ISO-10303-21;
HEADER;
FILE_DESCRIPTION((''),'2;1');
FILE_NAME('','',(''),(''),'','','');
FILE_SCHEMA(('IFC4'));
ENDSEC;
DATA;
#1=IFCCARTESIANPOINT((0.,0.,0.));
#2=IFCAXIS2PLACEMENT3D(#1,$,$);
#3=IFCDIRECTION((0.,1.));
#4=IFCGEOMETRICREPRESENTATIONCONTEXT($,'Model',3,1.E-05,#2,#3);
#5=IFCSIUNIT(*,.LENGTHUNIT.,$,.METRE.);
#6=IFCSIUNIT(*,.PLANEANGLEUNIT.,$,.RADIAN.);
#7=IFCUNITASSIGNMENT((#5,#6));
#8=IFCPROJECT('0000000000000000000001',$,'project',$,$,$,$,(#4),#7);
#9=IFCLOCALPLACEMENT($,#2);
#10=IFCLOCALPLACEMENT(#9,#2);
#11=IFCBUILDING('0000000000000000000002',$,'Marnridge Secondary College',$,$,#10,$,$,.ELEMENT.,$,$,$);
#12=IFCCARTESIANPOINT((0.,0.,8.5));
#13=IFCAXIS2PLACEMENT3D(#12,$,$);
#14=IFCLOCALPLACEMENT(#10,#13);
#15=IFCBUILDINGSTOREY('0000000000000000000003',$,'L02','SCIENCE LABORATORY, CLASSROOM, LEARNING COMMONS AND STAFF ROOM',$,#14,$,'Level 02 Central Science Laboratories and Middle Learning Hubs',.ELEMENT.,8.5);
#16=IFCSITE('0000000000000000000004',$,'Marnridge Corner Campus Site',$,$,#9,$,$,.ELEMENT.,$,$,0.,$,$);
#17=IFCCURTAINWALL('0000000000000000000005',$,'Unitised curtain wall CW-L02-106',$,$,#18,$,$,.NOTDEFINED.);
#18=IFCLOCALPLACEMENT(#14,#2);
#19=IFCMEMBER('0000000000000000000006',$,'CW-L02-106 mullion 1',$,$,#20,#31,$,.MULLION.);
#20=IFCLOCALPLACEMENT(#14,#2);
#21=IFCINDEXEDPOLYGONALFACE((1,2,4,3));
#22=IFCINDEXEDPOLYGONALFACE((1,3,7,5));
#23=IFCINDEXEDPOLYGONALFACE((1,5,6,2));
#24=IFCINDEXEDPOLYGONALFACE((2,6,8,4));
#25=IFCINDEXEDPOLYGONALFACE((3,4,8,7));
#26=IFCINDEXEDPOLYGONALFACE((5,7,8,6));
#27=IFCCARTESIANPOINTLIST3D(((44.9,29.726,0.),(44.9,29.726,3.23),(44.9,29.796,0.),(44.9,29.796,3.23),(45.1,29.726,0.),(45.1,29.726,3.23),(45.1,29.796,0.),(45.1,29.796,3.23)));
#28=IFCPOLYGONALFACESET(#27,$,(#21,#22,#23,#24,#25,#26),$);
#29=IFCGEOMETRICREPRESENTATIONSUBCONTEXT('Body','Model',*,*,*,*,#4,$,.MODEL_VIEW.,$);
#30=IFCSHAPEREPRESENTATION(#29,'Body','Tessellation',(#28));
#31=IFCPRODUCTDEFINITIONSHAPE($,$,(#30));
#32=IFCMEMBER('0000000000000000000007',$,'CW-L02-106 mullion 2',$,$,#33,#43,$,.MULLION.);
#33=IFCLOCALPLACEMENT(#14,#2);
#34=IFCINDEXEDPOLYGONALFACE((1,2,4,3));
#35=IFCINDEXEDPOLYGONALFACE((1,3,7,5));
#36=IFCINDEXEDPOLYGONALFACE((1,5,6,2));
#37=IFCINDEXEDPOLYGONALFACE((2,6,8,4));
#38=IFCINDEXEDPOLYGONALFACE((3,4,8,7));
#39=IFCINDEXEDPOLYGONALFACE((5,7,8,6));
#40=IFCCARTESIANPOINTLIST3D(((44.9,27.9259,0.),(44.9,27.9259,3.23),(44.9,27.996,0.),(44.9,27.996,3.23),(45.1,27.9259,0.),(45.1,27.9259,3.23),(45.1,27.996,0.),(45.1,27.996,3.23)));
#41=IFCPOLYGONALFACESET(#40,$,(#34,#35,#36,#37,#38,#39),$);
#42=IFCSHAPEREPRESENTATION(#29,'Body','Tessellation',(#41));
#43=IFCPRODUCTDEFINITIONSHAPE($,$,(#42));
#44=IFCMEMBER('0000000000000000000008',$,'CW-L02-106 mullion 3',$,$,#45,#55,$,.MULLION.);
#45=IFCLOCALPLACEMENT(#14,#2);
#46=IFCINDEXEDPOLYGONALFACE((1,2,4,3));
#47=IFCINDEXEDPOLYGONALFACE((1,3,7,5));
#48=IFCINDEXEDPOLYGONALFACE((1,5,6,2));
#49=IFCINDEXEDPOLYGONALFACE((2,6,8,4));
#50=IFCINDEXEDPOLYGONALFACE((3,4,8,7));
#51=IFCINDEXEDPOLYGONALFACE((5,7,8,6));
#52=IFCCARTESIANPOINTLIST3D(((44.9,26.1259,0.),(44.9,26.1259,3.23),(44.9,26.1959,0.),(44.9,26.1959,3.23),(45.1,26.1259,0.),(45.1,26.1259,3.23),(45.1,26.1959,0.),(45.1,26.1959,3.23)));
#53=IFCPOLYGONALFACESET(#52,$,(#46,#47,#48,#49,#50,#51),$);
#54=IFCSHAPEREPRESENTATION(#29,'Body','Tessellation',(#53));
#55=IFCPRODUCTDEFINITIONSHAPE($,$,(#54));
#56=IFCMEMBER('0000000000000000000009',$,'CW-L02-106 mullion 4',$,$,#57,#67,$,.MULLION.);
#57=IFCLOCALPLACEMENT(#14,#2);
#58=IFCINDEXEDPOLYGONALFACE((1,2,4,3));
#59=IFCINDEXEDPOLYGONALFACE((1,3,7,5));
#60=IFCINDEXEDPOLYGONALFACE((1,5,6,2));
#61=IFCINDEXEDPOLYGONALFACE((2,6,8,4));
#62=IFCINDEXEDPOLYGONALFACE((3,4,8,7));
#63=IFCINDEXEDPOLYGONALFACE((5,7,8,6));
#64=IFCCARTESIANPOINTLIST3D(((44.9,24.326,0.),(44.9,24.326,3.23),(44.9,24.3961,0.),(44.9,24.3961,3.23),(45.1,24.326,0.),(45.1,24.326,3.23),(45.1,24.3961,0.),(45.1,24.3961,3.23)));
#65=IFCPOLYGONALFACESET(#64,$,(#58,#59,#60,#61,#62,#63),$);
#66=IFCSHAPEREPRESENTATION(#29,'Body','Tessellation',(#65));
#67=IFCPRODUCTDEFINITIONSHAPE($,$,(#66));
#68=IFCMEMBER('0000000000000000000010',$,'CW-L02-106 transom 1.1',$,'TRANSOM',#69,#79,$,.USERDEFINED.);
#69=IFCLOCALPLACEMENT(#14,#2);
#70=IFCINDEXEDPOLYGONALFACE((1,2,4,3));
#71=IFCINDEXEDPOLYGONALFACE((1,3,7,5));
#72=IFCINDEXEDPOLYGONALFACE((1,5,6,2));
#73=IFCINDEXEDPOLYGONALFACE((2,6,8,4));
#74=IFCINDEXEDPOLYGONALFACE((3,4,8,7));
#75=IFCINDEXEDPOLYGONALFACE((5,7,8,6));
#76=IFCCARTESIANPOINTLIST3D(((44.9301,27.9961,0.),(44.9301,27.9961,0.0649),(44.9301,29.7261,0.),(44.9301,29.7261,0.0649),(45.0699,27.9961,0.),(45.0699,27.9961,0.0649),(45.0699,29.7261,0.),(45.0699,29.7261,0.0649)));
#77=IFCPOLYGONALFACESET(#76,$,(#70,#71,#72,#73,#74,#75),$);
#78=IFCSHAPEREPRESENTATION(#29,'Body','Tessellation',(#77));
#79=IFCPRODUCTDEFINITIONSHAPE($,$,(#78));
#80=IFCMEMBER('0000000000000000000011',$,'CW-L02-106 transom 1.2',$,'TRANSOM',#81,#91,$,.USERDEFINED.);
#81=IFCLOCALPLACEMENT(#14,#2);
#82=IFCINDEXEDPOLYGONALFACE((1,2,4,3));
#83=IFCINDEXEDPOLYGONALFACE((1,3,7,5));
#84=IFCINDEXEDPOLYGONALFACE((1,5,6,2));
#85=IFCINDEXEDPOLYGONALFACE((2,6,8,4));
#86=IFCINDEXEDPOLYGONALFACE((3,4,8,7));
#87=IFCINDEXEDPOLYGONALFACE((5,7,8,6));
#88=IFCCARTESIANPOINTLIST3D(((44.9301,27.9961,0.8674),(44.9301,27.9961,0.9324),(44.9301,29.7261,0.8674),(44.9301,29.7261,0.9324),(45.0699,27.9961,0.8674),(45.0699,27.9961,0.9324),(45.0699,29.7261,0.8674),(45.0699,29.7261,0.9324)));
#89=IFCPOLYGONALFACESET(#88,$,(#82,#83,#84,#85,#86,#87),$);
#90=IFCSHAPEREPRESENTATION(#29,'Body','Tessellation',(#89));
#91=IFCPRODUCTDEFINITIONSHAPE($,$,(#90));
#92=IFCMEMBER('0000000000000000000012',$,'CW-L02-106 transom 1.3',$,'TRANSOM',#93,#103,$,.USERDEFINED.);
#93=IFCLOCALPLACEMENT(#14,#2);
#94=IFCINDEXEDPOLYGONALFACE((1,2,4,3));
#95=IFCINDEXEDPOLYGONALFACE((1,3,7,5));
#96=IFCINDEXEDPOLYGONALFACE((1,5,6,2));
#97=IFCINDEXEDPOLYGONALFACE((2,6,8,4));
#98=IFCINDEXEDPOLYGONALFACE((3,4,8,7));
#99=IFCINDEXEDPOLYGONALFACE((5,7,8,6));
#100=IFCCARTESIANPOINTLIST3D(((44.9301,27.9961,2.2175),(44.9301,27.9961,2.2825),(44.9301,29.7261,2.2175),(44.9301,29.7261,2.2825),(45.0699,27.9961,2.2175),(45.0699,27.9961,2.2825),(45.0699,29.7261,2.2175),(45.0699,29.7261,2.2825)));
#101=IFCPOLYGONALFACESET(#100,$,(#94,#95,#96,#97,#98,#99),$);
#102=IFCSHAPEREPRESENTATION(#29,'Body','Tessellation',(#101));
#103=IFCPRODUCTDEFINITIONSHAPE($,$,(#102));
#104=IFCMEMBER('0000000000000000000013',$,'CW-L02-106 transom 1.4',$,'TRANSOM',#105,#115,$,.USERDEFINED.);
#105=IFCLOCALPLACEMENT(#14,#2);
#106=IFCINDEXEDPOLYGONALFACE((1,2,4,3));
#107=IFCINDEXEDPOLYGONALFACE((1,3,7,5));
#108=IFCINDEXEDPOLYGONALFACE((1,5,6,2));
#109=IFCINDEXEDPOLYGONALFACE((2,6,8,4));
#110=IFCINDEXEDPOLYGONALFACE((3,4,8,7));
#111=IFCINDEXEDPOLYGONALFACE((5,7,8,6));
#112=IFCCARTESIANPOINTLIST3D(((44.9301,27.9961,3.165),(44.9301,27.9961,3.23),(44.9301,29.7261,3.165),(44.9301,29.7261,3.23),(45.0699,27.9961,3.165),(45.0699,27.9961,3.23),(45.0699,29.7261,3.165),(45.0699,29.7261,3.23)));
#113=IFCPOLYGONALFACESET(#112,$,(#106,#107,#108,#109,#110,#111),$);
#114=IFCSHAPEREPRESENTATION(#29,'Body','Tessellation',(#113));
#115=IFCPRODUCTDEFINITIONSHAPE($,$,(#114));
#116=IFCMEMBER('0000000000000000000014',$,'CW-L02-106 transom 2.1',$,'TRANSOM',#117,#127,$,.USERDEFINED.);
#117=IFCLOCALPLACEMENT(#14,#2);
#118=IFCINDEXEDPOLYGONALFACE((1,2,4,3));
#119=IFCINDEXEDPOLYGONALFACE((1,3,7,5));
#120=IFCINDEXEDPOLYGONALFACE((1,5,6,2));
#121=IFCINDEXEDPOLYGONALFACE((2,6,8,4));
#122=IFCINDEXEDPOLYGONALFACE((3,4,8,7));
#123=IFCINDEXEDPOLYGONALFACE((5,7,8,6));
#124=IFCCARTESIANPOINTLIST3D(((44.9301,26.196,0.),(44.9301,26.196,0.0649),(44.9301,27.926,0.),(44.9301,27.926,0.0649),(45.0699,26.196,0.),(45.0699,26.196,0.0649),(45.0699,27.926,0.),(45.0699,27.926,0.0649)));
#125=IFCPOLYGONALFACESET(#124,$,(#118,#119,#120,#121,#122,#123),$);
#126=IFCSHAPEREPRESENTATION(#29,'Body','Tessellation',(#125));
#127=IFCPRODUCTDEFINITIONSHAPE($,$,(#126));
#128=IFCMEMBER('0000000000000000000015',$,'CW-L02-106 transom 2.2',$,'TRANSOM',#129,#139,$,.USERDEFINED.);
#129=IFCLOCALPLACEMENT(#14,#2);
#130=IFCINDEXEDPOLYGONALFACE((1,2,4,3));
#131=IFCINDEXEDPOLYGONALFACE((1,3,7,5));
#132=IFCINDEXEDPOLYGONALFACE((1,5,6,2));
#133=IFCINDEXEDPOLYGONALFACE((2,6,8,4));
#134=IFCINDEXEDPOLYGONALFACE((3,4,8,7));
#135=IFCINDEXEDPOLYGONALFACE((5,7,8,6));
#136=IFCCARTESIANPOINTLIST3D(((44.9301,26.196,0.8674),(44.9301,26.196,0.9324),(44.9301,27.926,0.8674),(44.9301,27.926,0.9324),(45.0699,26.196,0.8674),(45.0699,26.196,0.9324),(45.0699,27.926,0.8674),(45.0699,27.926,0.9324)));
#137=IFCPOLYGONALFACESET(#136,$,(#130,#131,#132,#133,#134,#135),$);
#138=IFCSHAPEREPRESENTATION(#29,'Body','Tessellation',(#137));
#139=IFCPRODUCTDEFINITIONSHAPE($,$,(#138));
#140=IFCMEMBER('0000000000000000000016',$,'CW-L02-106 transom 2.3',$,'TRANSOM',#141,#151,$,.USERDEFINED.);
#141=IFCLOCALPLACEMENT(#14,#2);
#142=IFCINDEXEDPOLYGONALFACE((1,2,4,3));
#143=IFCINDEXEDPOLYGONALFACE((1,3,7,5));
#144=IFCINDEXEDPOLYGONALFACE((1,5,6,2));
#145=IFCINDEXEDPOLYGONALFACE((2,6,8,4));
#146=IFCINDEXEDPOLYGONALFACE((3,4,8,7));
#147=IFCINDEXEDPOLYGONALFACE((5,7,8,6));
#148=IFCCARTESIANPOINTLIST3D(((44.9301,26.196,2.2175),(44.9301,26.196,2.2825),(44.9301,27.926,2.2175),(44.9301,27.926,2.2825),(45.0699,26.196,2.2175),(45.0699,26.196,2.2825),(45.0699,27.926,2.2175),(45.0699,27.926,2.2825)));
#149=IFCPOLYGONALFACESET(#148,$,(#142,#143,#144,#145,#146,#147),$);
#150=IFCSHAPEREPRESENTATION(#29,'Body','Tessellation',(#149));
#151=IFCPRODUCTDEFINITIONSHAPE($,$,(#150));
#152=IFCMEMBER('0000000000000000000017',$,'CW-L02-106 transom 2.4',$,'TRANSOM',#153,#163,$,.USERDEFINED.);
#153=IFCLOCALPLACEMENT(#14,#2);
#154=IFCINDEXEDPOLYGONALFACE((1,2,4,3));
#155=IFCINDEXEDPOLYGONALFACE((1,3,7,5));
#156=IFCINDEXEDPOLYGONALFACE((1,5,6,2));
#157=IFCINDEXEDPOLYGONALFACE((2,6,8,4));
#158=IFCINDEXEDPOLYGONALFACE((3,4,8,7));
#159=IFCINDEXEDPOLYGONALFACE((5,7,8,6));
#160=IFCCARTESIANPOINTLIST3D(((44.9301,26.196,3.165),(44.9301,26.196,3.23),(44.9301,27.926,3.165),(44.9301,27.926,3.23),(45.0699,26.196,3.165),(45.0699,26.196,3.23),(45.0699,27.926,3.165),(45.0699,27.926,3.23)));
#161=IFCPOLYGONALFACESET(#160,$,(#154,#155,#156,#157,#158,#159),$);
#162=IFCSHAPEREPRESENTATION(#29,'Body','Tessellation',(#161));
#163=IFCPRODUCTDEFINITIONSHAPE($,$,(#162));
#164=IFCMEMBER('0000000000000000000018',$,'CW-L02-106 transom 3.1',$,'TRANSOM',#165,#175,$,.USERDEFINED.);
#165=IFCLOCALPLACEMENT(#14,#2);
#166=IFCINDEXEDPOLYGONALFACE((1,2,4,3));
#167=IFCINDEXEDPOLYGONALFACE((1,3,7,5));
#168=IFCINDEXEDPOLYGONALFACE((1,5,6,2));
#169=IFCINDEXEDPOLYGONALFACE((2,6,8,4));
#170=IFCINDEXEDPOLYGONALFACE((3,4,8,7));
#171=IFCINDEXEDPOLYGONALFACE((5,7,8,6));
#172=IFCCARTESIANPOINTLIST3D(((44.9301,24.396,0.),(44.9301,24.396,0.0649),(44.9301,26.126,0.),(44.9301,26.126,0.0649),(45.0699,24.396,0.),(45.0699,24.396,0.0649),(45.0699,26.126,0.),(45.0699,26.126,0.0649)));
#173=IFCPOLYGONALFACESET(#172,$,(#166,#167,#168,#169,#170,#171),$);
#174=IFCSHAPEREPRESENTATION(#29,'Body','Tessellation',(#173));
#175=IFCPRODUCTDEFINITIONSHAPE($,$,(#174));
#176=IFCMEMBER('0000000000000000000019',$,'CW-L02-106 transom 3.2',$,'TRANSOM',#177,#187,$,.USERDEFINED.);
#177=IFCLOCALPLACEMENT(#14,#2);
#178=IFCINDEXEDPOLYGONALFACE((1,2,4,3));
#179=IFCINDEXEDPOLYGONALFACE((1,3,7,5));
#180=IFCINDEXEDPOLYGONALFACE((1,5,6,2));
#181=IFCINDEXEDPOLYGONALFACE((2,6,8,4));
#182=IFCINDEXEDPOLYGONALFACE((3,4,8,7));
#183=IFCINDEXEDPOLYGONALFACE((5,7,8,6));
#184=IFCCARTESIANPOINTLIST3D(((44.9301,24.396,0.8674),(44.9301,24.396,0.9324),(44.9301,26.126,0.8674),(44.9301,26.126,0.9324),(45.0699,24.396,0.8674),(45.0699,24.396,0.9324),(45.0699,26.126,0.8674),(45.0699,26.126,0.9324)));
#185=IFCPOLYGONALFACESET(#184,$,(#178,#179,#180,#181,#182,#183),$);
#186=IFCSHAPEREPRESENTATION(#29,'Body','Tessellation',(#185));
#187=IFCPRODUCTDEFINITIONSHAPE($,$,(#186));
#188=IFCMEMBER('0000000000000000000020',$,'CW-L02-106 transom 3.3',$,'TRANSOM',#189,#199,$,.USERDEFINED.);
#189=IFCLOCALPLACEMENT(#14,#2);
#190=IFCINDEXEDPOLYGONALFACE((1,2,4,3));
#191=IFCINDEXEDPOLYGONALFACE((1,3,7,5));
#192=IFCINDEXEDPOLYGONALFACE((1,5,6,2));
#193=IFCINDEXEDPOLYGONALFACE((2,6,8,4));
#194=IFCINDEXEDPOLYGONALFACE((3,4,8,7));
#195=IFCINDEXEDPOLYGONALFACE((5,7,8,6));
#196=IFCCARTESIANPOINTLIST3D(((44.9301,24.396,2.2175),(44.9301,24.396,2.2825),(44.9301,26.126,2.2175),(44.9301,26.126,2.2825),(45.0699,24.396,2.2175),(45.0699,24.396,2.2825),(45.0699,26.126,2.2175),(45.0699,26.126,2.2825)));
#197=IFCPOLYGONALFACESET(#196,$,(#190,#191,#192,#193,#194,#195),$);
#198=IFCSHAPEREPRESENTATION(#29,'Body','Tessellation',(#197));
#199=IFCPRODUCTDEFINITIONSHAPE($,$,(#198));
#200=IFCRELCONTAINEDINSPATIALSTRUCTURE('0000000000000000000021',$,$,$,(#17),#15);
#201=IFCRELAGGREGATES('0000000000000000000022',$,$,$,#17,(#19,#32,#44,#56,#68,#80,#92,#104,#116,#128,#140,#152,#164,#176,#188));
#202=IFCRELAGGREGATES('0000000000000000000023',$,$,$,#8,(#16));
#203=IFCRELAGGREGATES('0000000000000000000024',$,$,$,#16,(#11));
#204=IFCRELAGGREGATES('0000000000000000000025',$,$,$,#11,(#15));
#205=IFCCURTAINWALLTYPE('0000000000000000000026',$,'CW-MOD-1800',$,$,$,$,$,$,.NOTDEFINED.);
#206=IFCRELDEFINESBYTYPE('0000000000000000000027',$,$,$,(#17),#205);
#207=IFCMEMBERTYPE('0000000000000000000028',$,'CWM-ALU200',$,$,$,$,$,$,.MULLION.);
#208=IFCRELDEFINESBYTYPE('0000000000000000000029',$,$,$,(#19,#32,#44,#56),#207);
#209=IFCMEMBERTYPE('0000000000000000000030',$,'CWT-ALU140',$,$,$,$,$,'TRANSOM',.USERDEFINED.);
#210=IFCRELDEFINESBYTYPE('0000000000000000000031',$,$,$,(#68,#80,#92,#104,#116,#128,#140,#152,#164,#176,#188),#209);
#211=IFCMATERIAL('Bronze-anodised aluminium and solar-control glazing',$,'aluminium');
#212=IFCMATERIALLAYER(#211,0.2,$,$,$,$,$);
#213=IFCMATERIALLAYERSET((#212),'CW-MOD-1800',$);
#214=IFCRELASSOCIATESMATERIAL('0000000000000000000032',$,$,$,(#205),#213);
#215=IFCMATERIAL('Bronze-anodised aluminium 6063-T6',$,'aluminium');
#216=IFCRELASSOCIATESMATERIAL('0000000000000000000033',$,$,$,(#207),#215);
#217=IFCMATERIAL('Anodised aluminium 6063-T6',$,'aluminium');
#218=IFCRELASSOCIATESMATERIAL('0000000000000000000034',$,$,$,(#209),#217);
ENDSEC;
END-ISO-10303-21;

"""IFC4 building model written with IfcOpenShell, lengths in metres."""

from ifc_helpers import new_model, si_unit, direction, frame, origin, origin_2d, place, context, subcontext, project, spatial, rectangle, extrude, material, layer, layer_set, material_profile, profile_set, type_object, element, aggregate, save


model = new_model("IFC4")

# Units and contexts
model_context = context("Model", 3, precision=1e-05, world=origin(), true_north=direction((0.0, 1.0)))
body_context = subcontext(model_context, "Body", "Model", "MODEL_VIEW")
ifc_project = project(units=[si_unit("LENGTHUNIT", "METRE"), si_unit("PLANEANGLEUNIT", "RADIAN")], contexts=[model_context])

# Site, building, storey
site_placement = place(None, origin())
site = spatial("IfcSite", under=ifc_project, at=site_placement, Name="Marnridge Corner Campus Site", CompositionType="ELEMENT", RefElevation=0.0)
building_placement = place(site_placement, origin())
building = spatial("IfcBuilding", under=site, at=building_placement, Name="Marnridge Secondary College", CompositionType="ELEMENT")
storey_placement = place(building_placement, frame((0.0, 0.0, 8.5)))
storey = spatial("IfcBuildingStorey", under=building, at=storey_placement, Name="L02", Description="SCIENCE LABORATORY, CLASSROOM, LEARNING COMMONS AND STAFF ROOM", LongName="Level 02 Central Science Laboratories and Middle Learning Hubs", CompositionType="ELEMENT", Elevation=8.5)

# Curtain wall, members
ifc_material_1 = material(Name="Bronze-anodised aluminium and solar-control glazing", Category="aluminium")
ifc_layer_1 = layer(ifc_material_1, 0.2)
ifc_layer_set_1 = layer_set([ifc_layer_1], Name="CW-MOD-1800")
curtain_wall_type = type_object("IfcCurtainWallType", Name="CW-MOD-1800", PredefinedType="NOTDEFINED", material=ifc_layer_set_1)
curtain_wall_placement = place(storey_placement, origin())
curtain_wall = element("IfcCurtainWall", 1, at=curtain_wall_placement, inside=storey, type_object=curtain_wall_type, Name="Unitised curtain wall CW-L02-106", PredefinedType="NOTDEFINED")
ifc_material_2 = material(Name="Bronze-anodised aluminium 6063-T6", Category="aluminium")
ifc_material_profile_1 = material_profile(ifc_material_2, rectangle(XDim=0.0701, YDim=0.2, at=origin_2d()), Name="ALU 70x200")
ifc_profile_set_1 = profile_set([ifc_material_profile_1], Name="Bronze-anodised aluminium 6063-T6")
member_type_1 = type_object("IfcMemberType", Name="CWM-ALU200", PredefinedType="MULLION", material=ifc_profile_set_1)
member_1_placement = place(storey_placement, frame((45.0, 29.761, 0.0), z_axis=(0.0, 0.0, 1.0), x_axis=(0.0, -1.0, 0.0)))
member_1 = element("IfcMember", 2, at=member_1_placement, type_object=member_type_1, Name="CW-L02-106 mullion 1", PredefinedType="MULLION", context=body_context, shape_type="SweptSolid", body=[
    extrude(rectangle(XDim=0.0701, YDim=0.2, at=origin_2d()), origin(), (0.0, 0.0, 1.0), 3.23),
])
member_2_placement = place(storey_placement, frame((45.0, 27.9609, 0.0), z_axis=(0.0, 0.0, 1.0), x_axis=(0.0, -1.0, 0.0)))
member_2 = element("IfcMember", 3, at=member_2_placement, type_object=member_type_1, Name="CW-L02-106 mullion 2", PredefinedType="MULLION", context=body_context, shape_type="SweptSolid", body=[
    extrude(rectangle(XDim=0.0701, YDim=0.2, at=origin_2d()), origin(), (0.0, 0.0, 1.0), 3.23),
])
member_3_placement = place(storey_placement, frame((45.0, 26.1609, 0.0), z_axis=(0.0, 0.0, 1.0), x_axis=(0.0, -1.0, 0.0)))
member_3 = element("IfcMember", 4, at=member_3_placement, type_object=member_type_1, Name="CW-L02-106 mullion 3", PredefinedType="MULLION", context=body_context, shape_type="SweptSolid", body=[
    extrude(rectangle(XDim=0.0701, YDim=0.2, at=origin_2d()), origin(), (0.0, 0.0, 1.0), 3.23),
])
member_4_placement = place(storey_placement, frame((45.0, 24.3611, 0.0), z_axis=(0.0, 0.0, 1.0), x_axis=(0.0, -1.0, 0.0)))
member_4 = element("IfcMember", 5, at=member_4_placement, type_object=member_type_1, Name="CW-L02-106 mullion 4", PredefinedType="MULLION", context=body_context, shape_type="SweptSolid", body=[
    extrude(rectangle(XDim=0.0701, YDim=0.2, at=origin_2d()), origin(), (0.0, 0.0, 1.0), 3.23),
])
ifc_material_3 = material(Name="Anodised aluminium 6063-T6", Category="aluminium")
ifc_material_profile_2 = material_profile(ifc_material_3, rectangle(XDim=0.0649, YDim=0.1399, at=origin_2d()), Name="ALU 65x140")
ifc_profile_set_2 = profile_set([ifc_material_profile_2], Name="Anodised aluminium 6063-T6")
member_type_2 = type_object("IfcMemberType", Name="CWT-ALU140", ElementType="TRANSOM", PredefinedType="USERDEFINED", material=ifc_profile_set_2)
member_5_placement = place(storey_placement, frame((45.0, 29.7261, 0.0325), z_axis=(0.0, -1.0, 0.0), x_axis=(0.0, 0.0, 1.0)))
member_5 = element("IfcMember", 6, at=member_5_placement, type_object=member_type_2, Name="CW-L02-106 transom 1.1", ObjectType="TRANSOM", PredefinedType="USERDEFINED", context=body_context, shape_type="SweptSolid", body=[
    extrude(rectangle(XDim=0.0649, YDim=0.1399, at=origin_2d()), origin(), (0.0, 0.0, 1.0), 1.73),
])
member_6_placement = place(storey_placement, frame((45.0, 29.7261, 0.8999), z_axis=(0.0, -1.0, 0.0), x_axis=(0.0, 0.0, 1.0)))
member_6 = element("IfcMember", 7, at=member_6_placement, type_object=member_type_2, Name="CW-L02-106 transom 1.2", ObjectType="TRANSOM", PredefinedType="USERDEFINED", context=body_context, shape_type="SweptSolid", body=[
    extrude(rectangle(XDim=0.0649, YDim=0.1399, at=origin_2d()), origin(), (0.0, 0.0, 1.0), 1.73),
])
member_7_placement = place(storey_placement, frame((45.0, 29.7261, 2.25), z_axis=(0.0, -1.0, 0.0), x_axis=(0.0, 0.0, 1.0)))
member_7 = element("IfcMember", 8, at=member_7_placement, type_object=member_type_2, Name="CW-L02-106 transom 1.3", ObjectType="TRANSOM", PredefinedType="USERDEFINED", context=body_context, shape_type="SweptSolid", body=[
    extrude(rectangle(XDim=0.0649, YDim=0.1399, at=origin_2d()), origin(), (0.0, 0.0, 1.0), 1.73),
])
member_8_placement = place(storey_placement, frame((45.0, 29.7261, 3.1975), z_axis=(0.0, -1.0, 0.0), x_axis=(0.0, 0.0, 1.0)))
member_8 = element("IfcMember", 9, at=member_8_placement, type_object=member_type_2, Name="CW-L02-106 transom 1.4", ObjectType="TRANSOM", PredefinedType="USERDEFINED", context=body_context, shape_type="SweptSolid", body=[
    extrude(rectangle(XDim=0.0649, YDim=0.1399, at=origin_2d()), origin(), (0.0, 0.0, 1.0), 1.73),
])
member_9_placement = place(storey_placement, frame((45.0, 27.926, 0.0325), z_axis=(0.0, -1.0, 0.0), x_axis=(0.0, 0.0, 1.0)))
member_9 = element("IfcMember", 10, at=member_9_placement, type_object=member_type_2, Name="CW-L02-106 transom 2.1", ObjectType="TRANSOM", PredefinedType="USERDEFINED", context=body_context, shape_type="SweptSolid", body=[
    extrude(rectangle(XDim=0.0649, YDim=0.1399, at=origin_2d()), origin(), (0.0, 0.0, 1.0), 1.73),
])
member_10_placement = place(storey_placement, frame((45.0, 27.926, 0.8999), z_axis=(0.0, -1.0, 0.0), x_axis=(0.0, 0.0, 1.0)))
member_10 = element("IfcMember", 11, at=member_10_placement, type_object=member_type_2, Name="CW-L02-106 transom 2.2", ObjectType="TRANSOM", PredefinedType="USERDEFINED", context=body_context, shape_type="SweptSolid", body=[
    extrude(rectangle(XDim=0.0649, YDim=0.1399, at=origin_2d()), origin(), (0.0, 0.0, 1.0), 1.73),
])
member_11_placement = place(storey_placement, frame((45.0, 27.926, 2.25), z_axis=(0.0, -1.0, 0.0), x_axis=(0.0, 0.0, 1.0)))
member_11 = element("IfcMember", 12, at=member_11_placement, type_object=member_type_2, Name="CW-L02-106 transom 2.3", ObjectType="TRANSOM", PredefinedType="USERDEFINED", context=body_context, shape_type="SweptSolid", body=[
    extrude(rectangle(XDim=0.0649, YDim=0.1399, at=origin_2d()), origin(), (0.0, 0.0, 1.0), 1.73),
])
member_12_placement = place(storey_placement, frame((45.0, 27.926, 3.1975), z_axis=(0.0, -1.0, 0.0), x_axis=(0.0, 0.0, 1.0)))
member_12 = element("IfcMember", 13, at=member_12_placement, type_object=member_type_2, Name="CW-L02-106 transom 2.4", ObjectType="TRANSOM", PredefinedType="USERDEFINED", context=body_context, shape_type="SweptSolid", body=[
    extrude(rectangle(XDim=0.0649, YDim=0.1399, at=origin_2d()), origin(), (0.0, 0.0, 1.0), 1.73),
])
member_13_placement = place(storey_placement, frame((45.0, 26.126, 0.0325), z_axis=(0.0, -1.0, 0.0), x_axis=(0.0, 0.0, 1.0)))
member_13 = element("IfcMember", 14, at=member_13_placement, type_object=member_type_2, Name="CW-L02-106 transom 3.1", ObjectType="TRANSOM", PredefinedType="USERDEFINED", context=body_context, shape_type="SweptSolid", body=[
    extrude(rectangle(XDim=0.0649, YDim=0.1399, at=origin_2d()), origin(), (0.0, 0.0, 1.0), 1.73),
])
member_14_placement = place(storey_placement, frame((45.0, 26.126, 0.8999), z_axis=(0.0, -1.0, 0.0), x_axis=(0.0, 0.0, 1.0)))
member_14 = element("IfcMember", 15, at=member_14_placement, type_object=member_type_2, Name="CW-L02-106 transom 3.2", ObjectType="TRANSOM", PredefinedType="USERDEFINED", context=body_context, shape_type="SweptSolid", body=[
    extrude(rectangle(XDim=0.0649, YDim=0.1399, at=origin_2d()), origin(), (0.0, 0.0, 1.0), 1.73),
])
member_15_placement = place(storey_placement, frame((45.0, 26.126, 2.25), z_axis=(0.0, -1.0, 0.0), x_axis=(0.0, 0.0, 1.0)))
member_15 = element("IfcMember", 16, at=member_15_placement, type_object=member_type_2, Name="CW-L02-106 transom 3.3", ObjectType="TRANSOM", PredefinedType="USERDEFINED", context=body_context, shape_type="SweptSolid", body=[
    extrude(rectangle(XDim=0.0649, YDim=0.1399, at=origin_2d()), origin(), (0.0, 0.0, 1.0), 1.73),
])
aggregate(curtain_wall, [member_1, member_2, member_3, member_4, member_5, member_6, member_7, member_8, member_9, member_10, member_11, member_12, member_13, member_14, member_15])

save(model, "model.ifc")
